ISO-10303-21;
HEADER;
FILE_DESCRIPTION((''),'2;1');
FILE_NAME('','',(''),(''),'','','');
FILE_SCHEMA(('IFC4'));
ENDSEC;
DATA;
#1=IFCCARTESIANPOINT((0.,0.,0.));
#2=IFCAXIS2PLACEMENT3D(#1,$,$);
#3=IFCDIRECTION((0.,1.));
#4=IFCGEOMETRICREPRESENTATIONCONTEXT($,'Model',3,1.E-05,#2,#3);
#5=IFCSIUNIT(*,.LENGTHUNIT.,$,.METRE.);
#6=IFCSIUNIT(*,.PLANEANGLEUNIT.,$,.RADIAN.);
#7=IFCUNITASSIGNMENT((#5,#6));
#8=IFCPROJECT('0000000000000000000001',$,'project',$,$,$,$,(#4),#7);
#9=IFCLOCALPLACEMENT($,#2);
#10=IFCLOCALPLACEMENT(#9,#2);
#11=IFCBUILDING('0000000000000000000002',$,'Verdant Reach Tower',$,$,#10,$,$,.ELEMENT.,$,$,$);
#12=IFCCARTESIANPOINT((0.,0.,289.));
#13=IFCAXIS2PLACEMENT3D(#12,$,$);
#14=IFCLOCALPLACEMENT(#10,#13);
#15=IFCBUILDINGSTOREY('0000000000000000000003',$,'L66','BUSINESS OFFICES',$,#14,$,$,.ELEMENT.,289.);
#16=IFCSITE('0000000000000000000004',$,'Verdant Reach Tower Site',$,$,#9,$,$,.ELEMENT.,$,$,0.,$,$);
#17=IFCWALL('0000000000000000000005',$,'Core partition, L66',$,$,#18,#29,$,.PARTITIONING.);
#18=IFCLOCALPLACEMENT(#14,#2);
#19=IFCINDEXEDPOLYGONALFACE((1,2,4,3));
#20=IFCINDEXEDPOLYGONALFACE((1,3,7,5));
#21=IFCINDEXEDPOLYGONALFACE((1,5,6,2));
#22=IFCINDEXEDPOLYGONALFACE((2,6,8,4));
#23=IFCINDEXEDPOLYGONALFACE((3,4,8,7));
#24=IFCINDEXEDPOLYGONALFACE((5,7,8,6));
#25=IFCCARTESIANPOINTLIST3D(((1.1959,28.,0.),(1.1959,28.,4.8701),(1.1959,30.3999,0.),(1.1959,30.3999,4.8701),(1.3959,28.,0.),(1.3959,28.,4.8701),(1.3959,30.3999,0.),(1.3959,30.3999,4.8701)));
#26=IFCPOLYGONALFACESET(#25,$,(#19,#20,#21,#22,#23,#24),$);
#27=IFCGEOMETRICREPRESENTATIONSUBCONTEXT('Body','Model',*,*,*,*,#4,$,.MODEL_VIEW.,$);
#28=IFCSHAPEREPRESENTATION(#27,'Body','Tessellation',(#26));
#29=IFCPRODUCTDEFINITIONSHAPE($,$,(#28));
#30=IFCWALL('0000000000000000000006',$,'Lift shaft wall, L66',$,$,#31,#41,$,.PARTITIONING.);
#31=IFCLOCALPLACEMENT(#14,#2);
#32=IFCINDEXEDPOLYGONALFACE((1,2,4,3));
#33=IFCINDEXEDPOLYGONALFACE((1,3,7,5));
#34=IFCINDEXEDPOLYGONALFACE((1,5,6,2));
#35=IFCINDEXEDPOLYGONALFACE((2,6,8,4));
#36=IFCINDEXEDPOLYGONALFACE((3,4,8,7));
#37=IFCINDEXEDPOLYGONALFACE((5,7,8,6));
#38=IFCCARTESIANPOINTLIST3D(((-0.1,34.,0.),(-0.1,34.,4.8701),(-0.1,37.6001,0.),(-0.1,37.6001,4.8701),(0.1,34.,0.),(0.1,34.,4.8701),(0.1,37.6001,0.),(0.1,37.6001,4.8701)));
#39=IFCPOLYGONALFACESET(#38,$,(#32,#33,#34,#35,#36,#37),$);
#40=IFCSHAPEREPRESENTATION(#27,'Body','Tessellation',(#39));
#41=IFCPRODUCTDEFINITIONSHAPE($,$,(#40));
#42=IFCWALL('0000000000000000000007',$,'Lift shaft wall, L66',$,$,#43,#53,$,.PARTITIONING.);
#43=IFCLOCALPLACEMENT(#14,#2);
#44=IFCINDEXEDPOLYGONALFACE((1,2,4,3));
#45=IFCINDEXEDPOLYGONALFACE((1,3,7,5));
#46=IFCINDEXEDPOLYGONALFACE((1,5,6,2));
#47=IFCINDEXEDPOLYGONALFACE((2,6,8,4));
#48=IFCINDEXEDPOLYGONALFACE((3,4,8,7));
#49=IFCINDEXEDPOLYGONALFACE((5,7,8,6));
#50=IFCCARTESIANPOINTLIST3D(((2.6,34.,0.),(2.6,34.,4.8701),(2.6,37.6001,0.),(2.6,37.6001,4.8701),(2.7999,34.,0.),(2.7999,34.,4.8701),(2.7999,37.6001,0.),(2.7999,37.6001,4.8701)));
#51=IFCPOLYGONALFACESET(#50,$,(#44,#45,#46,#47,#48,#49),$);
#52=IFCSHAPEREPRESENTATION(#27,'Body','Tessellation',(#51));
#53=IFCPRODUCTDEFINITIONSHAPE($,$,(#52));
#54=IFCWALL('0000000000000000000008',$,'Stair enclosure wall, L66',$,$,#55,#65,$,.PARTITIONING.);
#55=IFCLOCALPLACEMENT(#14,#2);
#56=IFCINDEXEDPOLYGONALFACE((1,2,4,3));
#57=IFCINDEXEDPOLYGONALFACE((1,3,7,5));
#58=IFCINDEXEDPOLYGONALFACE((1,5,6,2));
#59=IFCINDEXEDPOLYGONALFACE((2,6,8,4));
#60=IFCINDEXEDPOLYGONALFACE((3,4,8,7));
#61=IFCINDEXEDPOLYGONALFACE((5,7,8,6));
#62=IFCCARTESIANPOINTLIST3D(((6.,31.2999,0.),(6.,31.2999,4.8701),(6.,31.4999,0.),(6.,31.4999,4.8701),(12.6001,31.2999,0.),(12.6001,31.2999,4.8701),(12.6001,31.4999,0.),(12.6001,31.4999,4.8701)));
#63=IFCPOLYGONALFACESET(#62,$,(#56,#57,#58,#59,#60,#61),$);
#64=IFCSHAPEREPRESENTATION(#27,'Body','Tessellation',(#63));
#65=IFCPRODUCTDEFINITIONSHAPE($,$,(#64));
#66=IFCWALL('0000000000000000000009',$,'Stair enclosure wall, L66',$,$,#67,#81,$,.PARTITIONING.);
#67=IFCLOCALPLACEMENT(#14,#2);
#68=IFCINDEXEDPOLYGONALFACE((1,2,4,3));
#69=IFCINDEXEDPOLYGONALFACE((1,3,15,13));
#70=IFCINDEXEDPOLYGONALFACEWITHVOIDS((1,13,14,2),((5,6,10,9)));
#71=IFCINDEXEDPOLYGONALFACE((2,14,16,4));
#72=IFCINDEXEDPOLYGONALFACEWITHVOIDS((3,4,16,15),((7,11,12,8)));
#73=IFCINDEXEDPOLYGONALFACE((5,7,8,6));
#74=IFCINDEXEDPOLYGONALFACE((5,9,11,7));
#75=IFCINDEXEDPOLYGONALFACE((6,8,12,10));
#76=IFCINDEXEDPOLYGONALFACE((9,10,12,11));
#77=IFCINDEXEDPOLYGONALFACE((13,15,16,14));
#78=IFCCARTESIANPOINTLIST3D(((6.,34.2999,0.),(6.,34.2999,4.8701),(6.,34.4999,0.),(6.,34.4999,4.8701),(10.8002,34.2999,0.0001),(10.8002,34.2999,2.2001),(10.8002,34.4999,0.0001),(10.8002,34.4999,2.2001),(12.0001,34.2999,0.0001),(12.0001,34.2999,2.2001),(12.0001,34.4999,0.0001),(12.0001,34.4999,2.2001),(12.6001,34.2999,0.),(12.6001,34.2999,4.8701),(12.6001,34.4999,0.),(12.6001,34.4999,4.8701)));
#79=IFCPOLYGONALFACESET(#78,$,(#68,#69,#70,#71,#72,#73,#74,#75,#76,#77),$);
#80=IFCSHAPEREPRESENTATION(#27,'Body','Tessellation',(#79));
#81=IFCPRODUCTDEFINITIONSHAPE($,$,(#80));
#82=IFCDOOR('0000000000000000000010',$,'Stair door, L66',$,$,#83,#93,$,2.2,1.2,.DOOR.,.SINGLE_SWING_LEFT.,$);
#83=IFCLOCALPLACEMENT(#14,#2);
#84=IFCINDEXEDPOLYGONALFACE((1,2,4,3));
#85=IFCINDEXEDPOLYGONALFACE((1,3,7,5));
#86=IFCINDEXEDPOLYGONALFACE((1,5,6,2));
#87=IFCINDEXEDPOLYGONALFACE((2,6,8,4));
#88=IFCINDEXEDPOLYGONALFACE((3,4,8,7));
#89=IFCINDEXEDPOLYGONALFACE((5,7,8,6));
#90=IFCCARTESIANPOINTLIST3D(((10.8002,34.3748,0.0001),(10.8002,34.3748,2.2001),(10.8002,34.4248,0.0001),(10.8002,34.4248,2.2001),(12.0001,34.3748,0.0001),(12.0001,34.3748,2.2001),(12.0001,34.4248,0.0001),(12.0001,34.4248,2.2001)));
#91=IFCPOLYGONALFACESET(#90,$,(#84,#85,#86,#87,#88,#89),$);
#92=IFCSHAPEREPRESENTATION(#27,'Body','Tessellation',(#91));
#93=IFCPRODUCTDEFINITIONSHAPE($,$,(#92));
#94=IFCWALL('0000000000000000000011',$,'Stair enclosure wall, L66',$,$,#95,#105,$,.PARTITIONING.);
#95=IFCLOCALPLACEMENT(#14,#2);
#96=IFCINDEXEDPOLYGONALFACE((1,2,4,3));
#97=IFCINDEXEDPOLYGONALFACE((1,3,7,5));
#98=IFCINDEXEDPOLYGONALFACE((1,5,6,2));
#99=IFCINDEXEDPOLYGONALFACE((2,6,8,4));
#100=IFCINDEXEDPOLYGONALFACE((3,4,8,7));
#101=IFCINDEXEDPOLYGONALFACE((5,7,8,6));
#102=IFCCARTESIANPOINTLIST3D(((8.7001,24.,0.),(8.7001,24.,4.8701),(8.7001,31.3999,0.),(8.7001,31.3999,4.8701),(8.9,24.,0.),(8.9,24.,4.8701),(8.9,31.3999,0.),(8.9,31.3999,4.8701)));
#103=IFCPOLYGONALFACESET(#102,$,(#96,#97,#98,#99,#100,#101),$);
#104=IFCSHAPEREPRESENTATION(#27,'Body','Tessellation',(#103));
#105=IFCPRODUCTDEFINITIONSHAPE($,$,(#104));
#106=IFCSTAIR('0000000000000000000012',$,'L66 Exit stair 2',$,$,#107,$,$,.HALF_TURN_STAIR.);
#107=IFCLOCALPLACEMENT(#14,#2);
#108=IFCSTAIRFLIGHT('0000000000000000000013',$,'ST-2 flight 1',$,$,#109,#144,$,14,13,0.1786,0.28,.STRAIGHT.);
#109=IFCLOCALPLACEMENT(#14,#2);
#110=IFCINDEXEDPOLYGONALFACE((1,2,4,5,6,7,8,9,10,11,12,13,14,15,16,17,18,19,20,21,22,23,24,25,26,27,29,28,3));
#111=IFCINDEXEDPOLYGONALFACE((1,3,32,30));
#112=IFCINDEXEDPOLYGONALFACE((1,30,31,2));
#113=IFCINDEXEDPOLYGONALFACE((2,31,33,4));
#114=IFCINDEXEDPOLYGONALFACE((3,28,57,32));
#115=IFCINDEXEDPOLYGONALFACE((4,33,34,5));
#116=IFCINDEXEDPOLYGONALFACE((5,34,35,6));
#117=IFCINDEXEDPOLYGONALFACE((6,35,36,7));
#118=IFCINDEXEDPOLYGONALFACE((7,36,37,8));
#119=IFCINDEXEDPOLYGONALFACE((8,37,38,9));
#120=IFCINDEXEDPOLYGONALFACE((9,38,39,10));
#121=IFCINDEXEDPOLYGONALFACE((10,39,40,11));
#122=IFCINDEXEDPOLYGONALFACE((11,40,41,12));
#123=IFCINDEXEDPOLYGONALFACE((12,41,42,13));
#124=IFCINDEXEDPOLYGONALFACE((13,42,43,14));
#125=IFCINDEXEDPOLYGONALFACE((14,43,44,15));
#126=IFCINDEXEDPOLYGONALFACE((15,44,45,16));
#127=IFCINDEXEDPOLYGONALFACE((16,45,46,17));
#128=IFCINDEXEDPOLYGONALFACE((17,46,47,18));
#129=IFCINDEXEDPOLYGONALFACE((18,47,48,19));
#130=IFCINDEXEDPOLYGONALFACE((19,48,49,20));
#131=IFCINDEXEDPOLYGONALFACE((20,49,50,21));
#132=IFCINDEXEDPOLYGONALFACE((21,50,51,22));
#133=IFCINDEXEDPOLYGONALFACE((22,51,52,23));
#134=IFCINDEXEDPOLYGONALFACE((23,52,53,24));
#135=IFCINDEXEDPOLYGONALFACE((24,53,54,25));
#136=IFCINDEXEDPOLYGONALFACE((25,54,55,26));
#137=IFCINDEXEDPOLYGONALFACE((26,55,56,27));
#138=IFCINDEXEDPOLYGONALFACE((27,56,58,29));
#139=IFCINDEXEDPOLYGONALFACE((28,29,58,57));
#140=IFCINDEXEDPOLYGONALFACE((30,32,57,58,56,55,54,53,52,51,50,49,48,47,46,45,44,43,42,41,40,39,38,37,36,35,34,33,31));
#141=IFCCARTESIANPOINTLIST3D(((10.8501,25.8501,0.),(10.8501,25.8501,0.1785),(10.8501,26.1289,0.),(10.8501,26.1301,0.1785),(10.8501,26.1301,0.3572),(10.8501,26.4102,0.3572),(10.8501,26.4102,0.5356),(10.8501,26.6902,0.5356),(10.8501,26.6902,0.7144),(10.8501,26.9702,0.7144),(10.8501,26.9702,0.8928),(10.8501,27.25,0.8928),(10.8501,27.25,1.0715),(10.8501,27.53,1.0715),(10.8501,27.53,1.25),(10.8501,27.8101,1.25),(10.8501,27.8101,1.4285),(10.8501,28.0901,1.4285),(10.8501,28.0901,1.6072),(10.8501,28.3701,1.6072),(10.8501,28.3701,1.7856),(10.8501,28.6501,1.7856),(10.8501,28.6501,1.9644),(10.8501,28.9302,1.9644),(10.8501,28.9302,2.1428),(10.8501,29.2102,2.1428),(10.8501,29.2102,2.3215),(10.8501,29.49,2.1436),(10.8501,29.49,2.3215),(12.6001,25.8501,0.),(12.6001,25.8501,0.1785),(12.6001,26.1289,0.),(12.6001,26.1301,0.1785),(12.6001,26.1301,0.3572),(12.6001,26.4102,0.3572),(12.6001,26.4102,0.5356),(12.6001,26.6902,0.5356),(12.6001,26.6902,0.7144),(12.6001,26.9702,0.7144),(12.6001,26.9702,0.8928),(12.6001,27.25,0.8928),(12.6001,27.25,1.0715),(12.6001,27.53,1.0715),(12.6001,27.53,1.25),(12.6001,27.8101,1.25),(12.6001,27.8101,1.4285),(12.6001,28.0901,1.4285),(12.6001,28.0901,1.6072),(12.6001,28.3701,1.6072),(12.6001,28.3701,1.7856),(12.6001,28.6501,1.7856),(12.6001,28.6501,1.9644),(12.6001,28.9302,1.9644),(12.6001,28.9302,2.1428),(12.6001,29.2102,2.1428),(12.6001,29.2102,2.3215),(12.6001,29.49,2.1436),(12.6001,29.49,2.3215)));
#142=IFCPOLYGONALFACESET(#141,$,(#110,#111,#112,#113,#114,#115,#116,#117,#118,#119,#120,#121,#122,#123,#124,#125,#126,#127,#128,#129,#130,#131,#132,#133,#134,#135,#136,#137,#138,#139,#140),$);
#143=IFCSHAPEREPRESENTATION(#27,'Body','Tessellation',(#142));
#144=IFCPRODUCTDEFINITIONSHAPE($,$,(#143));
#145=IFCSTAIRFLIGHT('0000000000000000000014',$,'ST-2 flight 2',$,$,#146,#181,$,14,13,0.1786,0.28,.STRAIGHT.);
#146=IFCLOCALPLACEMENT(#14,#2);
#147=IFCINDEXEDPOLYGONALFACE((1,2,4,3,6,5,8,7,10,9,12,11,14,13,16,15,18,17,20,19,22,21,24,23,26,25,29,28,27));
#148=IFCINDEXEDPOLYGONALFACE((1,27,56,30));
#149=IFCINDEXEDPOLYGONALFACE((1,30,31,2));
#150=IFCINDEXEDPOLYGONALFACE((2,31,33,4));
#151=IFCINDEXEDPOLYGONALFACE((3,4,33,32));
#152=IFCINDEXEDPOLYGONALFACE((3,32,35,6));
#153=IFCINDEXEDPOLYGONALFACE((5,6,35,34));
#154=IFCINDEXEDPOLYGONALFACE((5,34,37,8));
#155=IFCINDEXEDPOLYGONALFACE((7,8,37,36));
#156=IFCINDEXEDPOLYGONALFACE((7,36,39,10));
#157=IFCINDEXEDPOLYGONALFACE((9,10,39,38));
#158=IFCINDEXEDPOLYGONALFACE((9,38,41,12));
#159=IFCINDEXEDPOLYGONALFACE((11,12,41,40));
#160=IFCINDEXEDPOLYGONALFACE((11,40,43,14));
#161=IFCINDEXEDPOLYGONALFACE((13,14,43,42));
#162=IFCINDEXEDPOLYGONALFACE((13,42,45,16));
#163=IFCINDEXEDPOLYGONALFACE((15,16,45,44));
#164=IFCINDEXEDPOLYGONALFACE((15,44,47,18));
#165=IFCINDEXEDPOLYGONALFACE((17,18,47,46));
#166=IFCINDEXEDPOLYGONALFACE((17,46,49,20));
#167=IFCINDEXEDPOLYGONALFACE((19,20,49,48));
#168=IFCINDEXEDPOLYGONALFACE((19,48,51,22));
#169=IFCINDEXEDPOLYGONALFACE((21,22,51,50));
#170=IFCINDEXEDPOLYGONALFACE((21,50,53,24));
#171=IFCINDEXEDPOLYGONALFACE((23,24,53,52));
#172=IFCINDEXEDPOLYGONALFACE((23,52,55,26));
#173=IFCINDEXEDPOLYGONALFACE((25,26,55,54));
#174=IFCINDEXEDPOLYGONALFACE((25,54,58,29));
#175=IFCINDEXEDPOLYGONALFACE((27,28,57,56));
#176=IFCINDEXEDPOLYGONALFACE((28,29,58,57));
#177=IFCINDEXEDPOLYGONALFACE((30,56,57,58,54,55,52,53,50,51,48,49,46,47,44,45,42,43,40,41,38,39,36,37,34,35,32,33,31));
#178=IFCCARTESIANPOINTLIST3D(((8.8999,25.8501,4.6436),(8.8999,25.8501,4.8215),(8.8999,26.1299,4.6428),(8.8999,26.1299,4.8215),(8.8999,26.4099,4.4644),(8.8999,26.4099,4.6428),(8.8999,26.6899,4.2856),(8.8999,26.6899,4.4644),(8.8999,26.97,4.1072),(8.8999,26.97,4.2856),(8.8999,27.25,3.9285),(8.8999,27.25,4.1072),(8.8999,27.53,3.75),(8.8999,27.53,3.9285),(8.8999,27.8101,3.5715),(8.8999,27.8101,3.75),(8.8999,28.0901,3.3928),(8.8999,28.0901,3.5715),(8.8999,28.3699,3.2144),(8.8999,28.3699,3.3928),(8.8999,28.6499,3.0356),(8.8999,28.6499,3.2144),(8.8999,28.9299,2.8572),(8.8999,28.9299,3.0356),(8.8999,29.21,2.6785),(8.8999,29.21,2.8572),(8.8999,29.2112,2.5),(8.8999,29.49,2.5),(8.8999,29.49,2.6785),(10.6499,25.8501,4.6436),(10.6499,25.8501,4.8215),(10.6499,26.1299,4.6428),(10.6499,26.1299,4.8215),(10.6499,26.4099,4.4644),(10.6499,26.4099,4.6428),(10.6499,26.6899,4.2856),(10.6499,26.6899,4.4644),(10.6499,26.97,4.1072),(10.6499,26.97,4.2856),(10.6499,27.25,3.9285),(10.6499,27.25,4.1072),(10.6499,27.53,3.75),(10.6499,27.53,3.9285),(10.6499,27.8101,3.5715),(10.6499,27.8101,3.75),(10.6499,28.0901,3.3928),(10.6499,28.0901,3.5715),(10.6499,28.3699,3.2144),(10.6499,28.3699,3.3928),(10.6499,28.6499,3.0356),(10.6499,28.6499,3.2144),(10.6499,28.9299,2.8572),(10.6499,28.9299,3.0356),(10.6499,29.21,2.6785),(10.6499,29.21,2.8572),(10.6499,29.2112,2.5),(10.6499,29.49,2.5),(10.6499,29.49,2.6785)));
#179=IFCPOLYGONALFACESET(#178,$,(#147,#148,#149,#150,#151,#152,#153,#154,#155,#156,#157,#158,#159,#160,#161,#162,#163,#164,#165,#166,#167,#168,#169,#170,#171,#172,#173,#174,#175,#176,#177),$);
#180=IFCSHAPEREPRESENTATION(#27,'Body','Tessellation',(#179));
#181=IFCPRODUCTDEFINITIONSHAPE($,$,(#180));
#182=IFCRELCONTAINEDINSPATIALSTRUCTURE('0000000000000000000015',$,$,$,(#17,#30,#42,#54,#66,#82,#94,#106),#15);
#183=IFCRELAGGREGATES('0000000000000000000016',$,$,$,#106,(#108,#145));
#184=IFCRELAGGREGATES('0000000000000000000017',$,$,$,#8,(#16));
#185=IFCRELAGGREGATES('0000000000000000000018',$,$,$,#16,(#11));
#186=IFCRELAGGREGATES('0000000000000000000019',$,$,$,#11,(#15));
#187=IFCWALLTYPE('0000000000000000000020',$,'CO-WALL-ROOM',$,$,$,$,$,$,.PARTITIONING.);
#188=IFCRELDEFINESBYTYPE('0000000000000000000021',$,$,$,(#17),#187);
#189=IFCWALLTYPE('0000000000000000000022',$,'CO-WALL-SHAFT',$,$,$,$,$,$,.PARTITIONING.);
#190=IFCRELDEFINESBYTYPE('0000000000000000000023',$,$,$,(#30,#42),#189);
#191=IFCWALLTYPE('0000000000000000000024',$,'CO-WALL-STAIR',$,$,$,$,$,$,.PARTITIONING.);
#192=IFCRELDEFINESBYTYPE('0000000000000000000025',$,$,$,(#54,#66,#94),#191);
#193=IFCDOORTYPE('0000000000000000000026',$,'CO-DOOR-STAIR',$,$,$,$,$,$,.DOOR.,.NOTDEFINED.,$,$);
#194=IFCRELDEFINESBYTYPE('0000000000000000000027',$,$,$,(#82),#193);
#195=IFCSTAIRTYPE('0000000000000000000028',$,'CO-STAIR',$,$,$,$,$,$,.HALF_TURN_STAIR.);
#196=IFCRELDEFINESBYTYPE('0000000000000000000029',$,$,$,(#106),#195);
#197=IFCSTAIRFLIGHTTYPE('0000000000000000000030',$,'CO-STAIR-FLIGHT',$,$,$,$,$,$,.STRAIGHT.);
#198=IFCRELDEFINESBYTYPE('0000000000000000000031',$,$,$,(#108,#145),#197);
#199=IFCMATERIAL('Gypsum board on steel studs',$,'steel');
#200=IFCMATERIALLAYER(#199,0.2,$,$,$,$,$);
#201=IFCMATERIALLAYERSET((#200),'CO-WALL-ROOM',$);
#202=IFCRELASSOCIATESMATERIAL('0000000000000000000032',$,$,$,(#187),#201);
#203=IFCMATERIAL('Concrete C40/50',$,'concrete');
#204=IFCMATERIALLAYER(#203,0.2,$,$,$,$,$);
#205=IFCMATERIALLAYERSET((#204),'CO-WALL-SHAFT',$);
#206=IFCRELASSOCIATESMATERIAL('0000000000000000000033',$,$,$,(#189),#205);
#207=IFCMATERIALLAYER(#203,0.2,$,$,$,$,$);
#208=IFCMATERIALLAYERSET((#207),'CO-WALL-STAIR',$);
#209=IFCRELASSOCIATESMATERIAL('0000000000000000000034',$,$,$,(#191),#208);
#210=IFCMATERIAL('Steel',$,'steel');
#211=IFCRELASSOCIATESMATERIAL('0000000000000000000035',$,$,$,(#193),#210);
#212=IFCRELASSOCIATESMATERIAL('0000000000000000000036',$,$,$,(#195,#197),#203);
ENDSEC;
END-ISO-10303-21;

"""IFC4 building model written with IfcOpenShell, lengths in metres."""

from ifc_helpers import new_model, si_unit, direction, frame, frame_2d, origin, place, context, subcontext, project, spatial, polyline, rectangle, outline, extrude, material, layer, layer_set, type_object, element, fill, aggregate, save


model = new_model("IFC4")

# Units and contexts
model_context = context("Model", 3, precision=1e-05, world=origin(), true_north=direction((0.0, 1.0)))
body_context = subcontext(model_context, "Body", "Model", "MODEL_VIEW")
ifc_project = project(units=[si_unit("LENGTHUNIT", "METRE"), si_unit("PLANEANGLEUNIT", "RADIAN")], contexts=[model_context])

# Site, building, storey
site_placement = place(None, origin())
site = spatial("IfcSite", under=ifc_project, at=site_placement, Name="Verdant Reach Tower Site", CompositionType="ELEMENT", RefElevation=0.0)
building_placement = place(site_placement, origin())
building = spatial("IfcBuilding", under=site, at=building_placement, Name="Verdant Reach Tower", CompositionType="ELEMENT")
storey_placement = place(building_placement, frame((0.0, 0.0, 289.0)))
storey = spatial("IfcBuildingStorey", under=building, at=storey_placement, Name="L66", Description="BUSINESS OFFICES", CompositionType="ELEMENT", Elevation=289.0)

# Walls
ifc_material_1 = material(Name="Gypsum board on steel studs", Category="steel")
ifc_layer_1 = layer(ifc_material_1, 0.2)
ifc_layer_set_1 = layer_set([ifc_layer_1], Name="CO-WALL-ROOM")
wall_type_1 = type_object("IfcWallType", Name="CO-WALL-ROOM", PredefinedType="PARTITIONING", material=ifc_layer_set_1)
wall_1_placement = place(storey_placement, frame((1.2959, 28.0, 0.0), z_axis=(0.0, 0.0, 1.0), x_axis=(0.0, 1.0, 0.0)))
element("IfcWall", 1, at=wall_1_placement, inside=storey, type_object=wall_type_1, Name="Core partition, L66", PredefinedType="PARTITIONING", context=body_context, shape_type="SweptSolid", body=[
    extrude(rectangle(XDim=2.3999, YDim=0.2, at=frame_2d((1.2, 0.0))), origin(), (0.0, 0.0, 1.0), 4.8701),
])
ifc_material_2 = material(Name="Concrete C40/50", Category="concrete")
ifc_layer_2 = layer(ifc_material_2, 0.2)
ifc_layer_set_2 = layer_set([ifc_layer_2], Name="CO-WALL-SHAFT")
wall_type_2 = type_object("IfcWallType", Name="CO-WALL-SHAFT", PredefinedType="PARTITIONING", material=ifc_layer_set_2)
for number, where, z_axis, x_axis, name in (
    (2, (0.0, 34.0, 0.0), (0.0, 0.0, 1.0), (0.0, 1.0, 0.0), "Lift shaft wall, L66"),
    (3, (2.7, 34.0, 0.0), (0.0, 0.0, 1.0), (0.0, 1.0, 0.0), "Lift shaft wall, L66"),
):
    element("IfcWall", number, at=place(storey_placement, frame(where, z_axis=z_axis, x_axis=x_axis)), inside=storey, type_object=wall_type_2, Name=name, PredefinedType="PARTITIONING", context=body_context, shape_type="SweptSolid", body=[
        extrude(rectangle(XDim=3.6001, YDim=0.2, at=frame_2d((1.8, 0.0))), origin(), (0.0, 0.0, 1.0), 4.8701),
    ])
ifc_layer_3 = layer(ifc_material_2, 0.2)
ifc_layer_set_3 = layer_set([ifc_layer_3], Name="CO-WALL-STAIR")
wall_type_3 = type_object("IfcWallType", Name="CO-WALL-STAIR", PredefinedType="PARTITIONING", material=ifc_layer_set_3)
wall_2_placement = place(storey_placement, frame((6.0, 31.3999, 0.0), z_axis=(0.0, 0.0, 1.0), x_axis=(1.0, 0.0, 0.0)))
element("IfcWall", 4, at=wall_2_placement, inside=storey, type_object=wall_type_3, Name="Stair enclosure wall, L66", PredefinedType="PARTITIONING", context=body_context, shape_type="SweptSolid", body=[
    extrude(rectangle(XDim=6.6001, YDim=0.2, at=frame_2d((3.3, 0.0))), origin(), (0.0, 0.0, 1.0), 4.8701),
])

# Wall, opening, door
wall_3_placement = place(storey_placement, frame((6.0, 34.3999, 0.0), z_axis=(0.0, 0.0, 1.0), x_axis=(1.0, 0.0, 0.0)))
wall_3 = element("IfcWall", 5, at=wall_3_placement, inside=storey, type_object=wall_type_3, Name="Stair enclosure wall, L66", PredefinedType="PARTITIONING", context=body_context, shape_type="SweptSolid", body=[
    extrude(rectangle(XDim=6.6001, YDim=0.2, at=frame_2d((3.3, 0.0))), origin(), (0.0, 0.0, 1.0), 4.8701),
])
opening_placement = place(wall_3_placement, frame((4.8, 0.0, 0.0)))
opening = element("IfcOpeningElement", 6, at=opening_placement, cuts=wall_3, PredefinedType="OPENING", context=body_context, shape_type="SweptSolid", body=[
    extrude(rectangle(XDim=1.2, YDim=2.2, at=frame_2d((0.6001, 1.1001))), frame((0.0, 0.1099, 0.0), z_axis=(0.0, -1.0, 0.0), x_axis=(1.0, 0.0, 0.0)), (0.0, 0.0, 1.0), 0.22),
])
ifc_material_3 = material(Name="Steel", Category="steel")
door_type = type_object("IfcDoorType", Name="CO-DOOR-STAIR", OperationType="NOTDEFINED", PredefinedType="DOOR", material=ifc_material_3)
door_placement = place(opening_placement, origin())
door = element("IfcDoor", 7, at=door_placement, inside=storey, type_object=door_type, Name="Stair door, L66", OperationType="SINGLE_SWING_LEFT", OverallHeight=2.2, OverallWidth=1.2, PredefinedType="DOOR", context=body_context, shape_type="SweptSolid", body=[
    extrude(rectangle(XDim=1.2, YDim=2.2, at=frame_2d((0.6001, 1.1001))), frame((0.0, 0.0249, 0.0), z_axis=(0.0, -1.0, 0.0), x_axis=(1.0, 0.0, 0.0)), (0.0, 0.0, 1.0), 0.05),
])
fill(opening, door)

# Wall
wall_4_placement = place(storey_placement, frame((8.8, 24.0, 0.0), z_axis=(0.0, 0.0, 1.0), x_axis=(0.0, 1.0, 0.0)))
element("IfcWall", 8, at=wall_4_placement, inside=storey, type_object=wall_type_3, Name="Stair enclosure wall, L66", PredefinedType="PARTITIONING", context=body_context, shape_type="SweptSolid", body=[
    extrude(rectangle(XDim=7.3999, YDim=0.2, at=frame_2d((3.7, 0.0))), origin(), (0.0, 0.0, 1.0), 4.8701),
])

# Stair, stair flights
stair_type = type_object("IfcStairType", Name="CO-STAIR", PredefinedType="HALF_TURN_STAIR", material=ifc_material_2)
stair_1_placement = place(storey_placement, origin())
stair_1 = element("IfcStair", 9, at=stair_1_placement, inside=storey, type_object=stair_type, Name="L66 Exit stair 2", PredefinedType="HALF_TURN_STAIR")
stair_flight_type = type_object("IfcStairFlightType", Name="CO-STAIR-FLIGHT", PredefinedType="STRAIGHT", material=ifc_material_2)
stair_flight_1_placement = place(storey_placement, frame((11.7251, 25.8501, 0.0), z_axis=(0.0, 0.0, 1.0), x_axis=(0.0, 1.0, 0.0)))
stair_flight_1 = element("IfcStairFlight", 10, at=stair_flight_1_placement, type_object=stair_flight_type, Name="ST-2 flight 1", NumberOfRisers=14, NumberOfTreads=13, PredefinedType="STRAIGHT", RiserHeight=0.1786, TreadLength=0.28, context=body_context, shape_type="SweptSolid", body=[
    extrude(outline(polyline([(0.0, 0.0), (0.0, 0.1785), (0.28, 0.1785), (0.28, 0.3572), (0.5601, 0.3572), (0.5601, 0.5356), (0.8401, 0.5356), (0.8401, 0.7144), (1.1201, 0.7144), (1.1201, 0.8928), (1.3999, 0.8928), (1.3999, 1.0715), (1.6799, 1.0715), (1.6799, 1.25), (1.96, 1.25), (1.96, 1.4285), (2.24, 1.4285), (2.24, 1.6072), (2.52, 1.6072), (2.52, 1.7856), (2.8, 1.7856), (2.8, 1.9644), (3.0801, 1.9644), (3.0801, 2.1428), (3.3601, 2.1428), (3.3601, 2.3215), (3.6399, 2.3215), (3.6399, 2.5), (3.6399, 2.1436), (0.2788, 0.0), (0.0, 0.0)])), frame((0.0, 0.875, 0.0), z_axis=(0.0, -1.0, 0.0), x_axis=(1.0, 0.0, 0.0)), (0.0, 0.0, 1.0), 1.75),
])
stair_flight_2_placement = place(storey_placement, frame((9.7749, 29.49, 2.5), z_axis=(0.0, 0.0, 1.0), x_axis=(0.0, -1.0, 0.0)))
stair_flight_2 = element("IfcStairFlight", 11, at=stair_flight_2_placement, type_object=stair_flight_type, Name="ST-2 flight 2", NumberOfRisers=14, NumberOfTreads=13, PredefinedType="STRAIGHT", RiserHeight=0.1786, TreadLength=0.28, context=body_context, shape_type="SweptSolid", body=[
    extrude(outline(polyline([(0.0, 0.0), (0.0, 0.1785), (0.28, 0.1785), (0.28, 0.3572), (0.5601, 0.3572), (0.5601, 0.5356), (0.8401, 0.5356), (0.8401, 0.7144), (1.1201, 0.7144), (1.1201, 0.8928), (1.3999, 0.8928), (1.3999, 1.0715), (1.6799, 1.0715), (1.6799, 1.25), (1.96, 1.25), (1.96, 1.4285), (2.24, 1.4285), (2.24, 1.6072), (2.52, 1.6072), (2.52, 1.7856), (2.8, 1.7856), (2.8, 1.9644), (3.0801, 1.9644), (3.0801, 2.1428), (3.3601, 2.1428), (3.3601, 2.3215), (3.6399, 2.3215), (3.6399, 2.5), (3.6399, 2.1436), (0.2788, 0.0), (0.0, 0.0)])), frame((0.0, 0.875, 0.0), z_axis=(0.0, -1.0, 0.0), x_axis=(1.0, 0.0, 0.0)), (0.0, 0.0, 1.0), 1.75),
])
aggregate(stair_1, [stair_flight_1, stair_flight_2])

save(model, "model.ifc")
